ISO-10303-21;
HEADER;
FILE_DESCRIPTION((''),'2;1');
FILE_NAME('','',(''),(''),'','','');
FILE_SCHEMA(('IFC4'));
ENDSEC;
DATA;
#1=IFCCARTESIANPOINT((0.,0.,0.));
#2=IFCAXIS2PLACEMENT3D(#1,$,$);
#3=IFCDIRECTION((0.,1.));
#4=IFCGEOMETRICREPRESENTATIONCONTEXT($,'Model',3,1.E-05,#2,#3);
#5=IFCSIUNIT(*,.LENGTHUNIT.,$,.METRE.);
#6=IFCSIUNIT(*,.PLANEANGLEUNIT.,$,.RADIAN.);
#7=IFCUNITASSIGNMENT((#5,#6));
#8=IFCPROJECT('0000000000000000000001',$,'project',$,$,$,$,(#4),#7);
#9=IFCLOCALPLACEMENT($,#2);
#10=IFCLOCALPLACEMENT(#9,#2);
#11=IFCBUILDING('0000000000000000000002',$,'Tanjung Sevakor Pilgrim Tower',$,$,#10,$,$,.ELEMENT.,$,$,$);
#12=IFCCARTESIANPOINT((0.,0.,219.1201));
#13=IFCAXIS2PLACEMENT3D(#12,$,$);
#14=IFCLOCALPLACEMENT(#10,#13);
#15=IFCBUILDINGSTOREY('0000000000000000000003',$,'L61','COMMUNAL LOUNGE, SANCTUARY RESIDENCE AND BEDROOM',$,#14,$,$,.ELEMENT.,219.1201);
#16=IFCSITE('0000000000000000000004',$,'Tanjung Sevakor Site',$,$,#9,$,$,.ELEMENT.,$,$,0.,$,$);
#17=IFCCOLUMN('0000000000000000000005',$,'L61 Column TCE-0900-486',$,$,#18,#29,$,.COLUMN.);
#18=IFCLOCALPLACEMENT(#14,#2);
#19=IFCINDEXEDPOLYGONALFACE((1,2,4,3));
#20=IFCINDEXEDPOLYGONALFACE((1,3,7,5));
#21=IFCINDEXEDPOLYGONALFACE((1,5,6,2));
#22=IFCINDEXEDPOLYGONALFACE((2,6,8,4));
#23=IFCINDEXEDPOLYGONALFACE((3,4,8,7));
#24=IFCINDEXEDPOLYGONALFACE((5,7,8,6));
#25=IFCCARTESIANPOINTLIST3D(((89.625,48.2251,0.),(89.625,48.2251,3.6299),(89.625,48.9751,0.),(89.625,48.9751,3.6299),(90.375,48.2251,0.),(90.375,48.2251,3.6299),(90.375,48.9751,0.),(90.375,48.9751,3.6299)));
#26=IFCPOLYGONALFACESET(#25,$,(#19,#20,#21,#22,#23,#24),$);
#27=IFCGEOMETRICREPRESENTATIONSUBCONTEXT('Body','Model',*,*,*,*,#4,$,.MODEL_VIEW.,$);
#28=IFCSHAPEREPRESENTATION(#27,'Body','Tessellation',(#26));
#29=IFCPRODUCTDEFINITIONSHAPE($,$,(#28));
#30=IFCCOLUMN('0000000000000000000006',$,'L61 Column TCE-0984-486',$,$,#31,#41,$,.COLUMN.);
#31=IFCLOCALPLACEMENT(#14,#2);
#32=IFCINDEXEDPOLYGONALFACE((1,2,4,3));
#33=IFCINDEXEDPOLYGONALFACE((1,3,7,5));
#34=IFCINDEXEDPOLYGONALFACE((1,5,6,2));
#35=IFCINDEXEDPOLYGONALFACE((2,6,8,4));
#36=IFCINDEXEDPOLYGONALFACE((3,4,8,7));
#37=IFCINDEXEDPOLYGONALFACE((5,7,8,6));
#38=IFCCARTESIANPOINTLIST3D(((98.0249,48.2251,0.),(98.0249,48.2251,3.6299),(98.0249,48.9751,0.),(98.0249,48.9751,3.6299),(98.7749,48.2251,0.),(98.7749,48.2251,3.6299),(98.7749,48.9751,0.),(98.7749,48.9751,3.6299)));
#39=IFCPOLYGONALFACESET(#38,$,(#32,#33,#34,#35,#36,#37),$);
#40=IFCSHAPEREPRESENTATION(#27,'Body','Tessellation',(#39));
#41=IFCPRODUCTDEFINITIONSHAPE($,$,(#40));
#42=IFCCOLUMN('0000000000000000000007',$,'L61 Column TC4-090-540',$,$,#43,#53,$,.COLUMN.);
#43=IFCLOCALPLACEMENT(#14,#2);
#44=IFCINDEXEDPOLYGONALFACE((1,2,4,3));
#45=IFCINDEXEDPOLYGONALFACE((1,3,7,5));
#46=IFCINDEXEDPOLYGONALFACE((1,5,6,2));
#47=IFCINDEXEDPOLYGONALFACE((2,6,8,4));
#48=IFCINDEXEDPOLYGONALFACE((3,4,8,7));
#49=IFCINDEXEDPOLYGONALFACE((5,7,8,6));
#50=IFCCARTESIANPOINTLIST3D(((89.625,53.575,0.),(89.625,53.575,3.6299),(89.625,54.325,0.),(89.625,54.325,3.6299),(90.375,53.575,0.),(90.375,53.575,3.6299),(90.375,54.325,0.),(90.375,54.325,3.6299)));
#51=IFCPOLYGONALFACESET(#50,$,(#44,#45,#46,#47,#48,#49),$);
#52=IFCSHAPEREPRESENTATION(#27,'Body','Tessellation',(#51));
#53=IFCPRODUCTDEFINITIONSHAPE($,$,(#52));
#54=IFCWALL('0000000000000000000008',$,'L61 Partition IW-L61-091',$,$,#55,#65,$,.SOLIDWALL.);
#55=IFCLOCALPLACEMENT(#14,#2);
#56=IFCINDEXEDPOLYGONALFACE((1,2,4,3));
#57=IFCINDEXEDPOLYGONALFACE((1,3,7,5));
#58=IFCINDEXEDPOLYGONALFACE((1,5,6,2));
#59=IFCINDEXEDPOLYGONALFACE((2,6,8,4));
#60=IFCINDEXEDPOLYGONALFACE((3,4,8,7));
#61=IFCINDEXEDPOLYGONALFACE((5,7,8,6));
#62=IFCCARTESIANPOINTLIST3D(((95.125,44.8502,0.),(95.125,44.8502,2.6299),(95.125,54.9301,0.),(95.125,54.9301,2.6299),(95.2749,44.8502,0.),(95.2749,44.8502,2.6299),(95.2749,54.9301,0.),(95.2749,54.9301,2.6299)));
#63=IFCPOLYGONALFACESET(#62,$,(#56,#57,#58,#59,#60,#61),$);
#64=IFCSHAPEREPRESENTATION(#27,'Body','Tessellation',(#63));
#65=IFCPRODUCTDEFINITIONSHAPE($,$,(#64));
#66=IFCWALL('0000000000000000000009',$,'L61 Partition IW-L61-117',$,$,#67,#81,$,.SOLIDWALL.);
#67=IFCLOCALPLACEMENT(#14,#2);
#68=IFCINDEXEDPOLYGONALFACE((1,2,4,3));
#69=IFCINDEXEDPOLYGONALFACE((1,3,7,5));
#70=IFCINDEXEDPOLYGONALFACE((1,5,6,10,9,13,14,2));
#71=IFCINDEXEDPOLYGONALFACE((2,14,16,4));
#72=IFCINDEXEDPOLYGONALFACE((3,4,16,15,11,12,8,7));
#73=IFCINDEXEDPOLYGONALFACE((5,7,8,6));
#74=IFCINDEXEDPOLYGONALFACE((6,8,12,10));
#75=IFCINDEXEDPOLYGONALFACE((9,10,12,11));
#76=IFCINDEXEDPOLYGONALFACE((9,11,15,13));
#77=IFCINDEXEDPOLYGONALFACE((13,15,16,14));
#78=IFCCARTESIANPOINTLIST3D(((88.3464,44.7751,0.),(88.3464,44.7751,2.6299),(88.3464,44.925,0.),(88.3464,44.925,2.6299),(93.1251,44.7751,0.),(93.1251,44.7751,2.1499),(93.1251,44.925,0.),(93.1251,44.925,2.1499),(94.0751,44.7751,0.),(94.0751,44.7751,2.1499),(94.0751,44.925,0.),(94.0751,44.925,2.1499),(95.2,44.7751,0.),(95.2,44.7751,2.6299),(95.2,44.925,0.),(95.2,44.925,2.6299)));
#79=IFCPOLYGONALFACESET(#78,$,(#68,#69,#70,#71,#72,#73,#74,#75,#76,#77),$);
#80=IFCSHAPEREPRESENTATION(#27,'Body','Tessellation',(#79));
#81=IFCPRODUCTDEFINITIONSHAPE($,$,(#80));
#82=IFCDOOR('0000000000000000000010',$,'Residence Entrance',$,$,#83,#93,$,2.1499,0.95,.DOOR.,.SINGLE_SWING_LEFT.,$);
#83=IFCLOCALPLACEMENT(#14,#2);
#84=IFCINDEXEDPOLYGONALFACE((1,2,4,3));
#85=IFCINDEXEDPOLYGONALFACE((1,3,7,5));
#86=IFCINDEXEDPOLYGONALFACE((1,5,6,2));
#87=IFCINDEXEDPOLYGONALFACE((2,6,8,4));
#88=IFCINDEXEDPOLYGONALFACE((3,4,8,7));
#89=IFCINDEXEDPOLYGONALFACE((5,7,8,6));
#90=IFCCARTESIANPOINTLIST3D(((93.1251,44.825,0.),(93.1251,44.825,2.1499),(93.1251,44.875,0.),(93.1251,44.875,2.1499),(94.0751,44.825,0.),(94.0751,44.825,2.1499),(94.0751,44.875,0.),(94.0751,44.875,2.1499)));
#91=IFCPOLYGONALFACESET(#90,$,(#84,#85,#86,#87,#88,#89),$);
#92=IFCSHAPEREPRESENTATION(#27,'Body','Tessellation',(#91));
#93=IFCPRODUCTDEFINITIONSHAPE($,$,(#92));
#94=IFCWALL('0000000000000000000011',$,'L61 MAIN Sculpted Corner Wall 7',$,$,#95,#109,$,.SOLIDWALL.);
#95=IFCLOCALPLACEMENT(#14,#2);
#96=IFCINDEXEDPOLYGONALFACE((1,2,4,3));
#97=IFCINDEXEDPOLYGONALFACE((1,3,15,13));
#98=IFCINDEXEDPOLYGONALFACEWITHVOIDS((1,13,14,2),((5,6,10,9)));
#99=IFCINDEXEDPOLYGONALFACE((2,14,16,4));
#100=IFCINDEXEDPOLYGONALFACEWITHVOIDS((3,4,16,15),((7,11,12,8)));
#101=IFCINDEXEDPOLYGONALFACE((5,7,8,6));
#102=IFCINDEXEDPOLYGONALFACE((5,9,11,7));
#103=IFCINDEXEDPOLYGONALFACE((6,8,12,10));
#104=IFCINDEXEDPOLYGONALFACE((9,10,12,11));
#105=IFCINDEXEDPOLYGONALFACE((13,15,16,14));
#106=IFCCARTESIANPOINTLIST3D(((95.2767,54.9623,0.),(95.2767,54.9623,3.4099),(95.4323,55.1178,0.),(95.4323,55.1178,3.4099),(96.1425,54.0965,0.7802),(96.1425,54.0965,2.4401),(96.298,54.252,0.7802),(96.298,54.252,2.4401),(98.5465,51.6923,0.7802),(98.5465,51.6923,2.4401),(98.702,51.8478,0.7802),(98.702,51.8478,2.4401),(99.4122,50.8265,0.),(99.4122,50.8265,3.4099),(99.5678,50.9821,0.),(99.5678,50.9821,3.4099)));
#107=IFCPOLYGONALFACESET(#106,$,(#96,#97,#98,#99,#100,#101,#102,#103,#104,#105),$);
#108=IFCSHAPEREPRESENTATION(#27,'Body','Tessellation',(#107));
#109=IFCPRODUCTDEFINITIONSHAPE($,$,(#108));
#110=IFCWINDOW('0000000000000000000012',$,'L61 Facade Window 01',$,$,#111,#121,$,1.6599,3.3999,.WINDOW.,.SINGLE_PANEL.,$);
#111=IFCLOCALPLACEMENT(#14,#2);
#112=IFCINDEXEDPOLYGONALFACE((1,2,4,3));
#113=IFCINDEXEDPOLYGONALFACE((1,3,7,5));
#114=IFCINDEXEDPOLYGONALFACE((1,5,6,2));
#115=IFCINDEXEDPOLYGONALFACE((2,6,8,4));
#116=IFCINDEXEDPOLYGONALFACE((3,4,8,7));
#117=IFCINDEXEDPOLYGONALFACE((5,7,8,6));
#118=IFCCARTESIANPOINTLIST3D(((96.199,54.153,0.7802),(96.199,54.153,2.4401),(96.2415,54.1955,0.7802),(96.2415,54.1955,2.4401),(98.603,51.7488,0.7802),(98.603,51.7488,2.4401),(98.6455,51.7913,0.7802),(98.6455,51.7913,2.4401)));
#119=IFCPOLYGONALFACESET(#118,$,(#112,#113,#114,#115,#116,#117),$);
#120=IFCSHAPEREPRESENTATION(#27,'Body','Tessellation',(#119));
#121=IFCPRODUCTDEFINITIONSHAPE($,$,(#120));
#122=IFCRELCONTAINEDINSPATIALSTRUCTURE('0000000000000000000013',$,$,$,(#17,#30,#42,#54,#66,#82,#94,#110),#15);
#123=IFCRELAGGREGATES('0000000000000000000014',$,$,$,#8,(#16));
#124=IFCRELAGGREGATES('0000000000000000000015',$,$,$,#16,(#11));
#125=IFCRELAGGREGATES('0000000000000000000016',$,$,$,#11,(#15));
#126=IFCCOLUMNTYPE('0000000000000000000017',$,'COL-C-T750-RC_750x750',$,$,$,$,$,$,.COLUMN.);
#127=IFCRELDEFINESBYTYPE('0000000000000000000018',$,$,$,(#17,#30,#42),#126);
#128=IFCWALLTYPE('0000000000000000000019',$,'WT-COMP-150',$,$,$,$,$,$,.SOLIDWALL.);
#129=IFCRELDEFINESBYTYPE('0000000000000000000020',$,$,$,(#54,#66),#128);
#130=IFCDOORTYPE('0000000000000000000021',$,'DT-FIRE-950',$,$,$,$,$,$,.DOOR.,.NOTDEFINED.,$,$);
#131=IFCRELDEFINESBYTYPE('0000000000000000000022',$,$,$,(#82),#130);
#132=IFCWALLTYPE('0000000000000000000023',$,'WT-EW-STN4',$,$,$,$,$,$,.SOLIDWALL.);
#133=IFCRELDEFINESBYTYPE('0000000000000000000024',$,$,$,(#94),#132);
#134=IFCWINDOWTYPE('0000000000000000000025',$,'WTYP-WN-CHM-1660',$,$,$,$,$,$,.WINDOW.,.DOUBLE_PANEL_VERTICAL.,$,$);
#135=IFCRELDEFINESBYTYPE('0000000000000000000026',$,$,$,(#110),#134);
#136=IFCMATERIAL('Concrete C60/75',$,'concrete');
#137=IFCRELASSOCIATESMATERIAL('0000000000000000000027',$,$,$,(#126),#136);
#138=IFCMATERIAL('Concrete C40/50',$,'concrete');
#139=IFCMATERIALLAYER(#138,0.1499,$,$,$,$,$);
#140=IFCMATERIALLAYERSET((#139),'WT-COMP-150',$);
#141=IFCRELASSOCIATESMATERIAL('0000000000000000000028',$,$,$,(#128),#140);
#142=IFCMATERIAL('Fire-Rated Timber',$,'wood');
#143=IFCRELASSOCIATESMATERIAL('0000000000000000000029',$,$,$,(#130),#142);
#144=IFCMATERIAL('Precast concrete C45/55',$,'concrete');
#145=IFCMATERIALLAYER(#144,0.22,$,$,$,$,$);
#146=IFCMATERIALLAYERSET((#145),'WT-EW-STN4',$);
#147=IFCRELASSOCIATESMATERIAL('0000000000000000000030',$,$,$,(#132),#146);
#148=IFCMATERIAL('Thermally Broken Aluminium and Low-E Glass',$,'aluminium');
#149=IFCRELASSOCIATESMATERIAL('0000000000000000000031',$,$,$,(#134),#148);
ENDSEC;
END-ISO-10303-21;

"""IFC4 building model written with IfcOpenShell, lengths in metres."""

from ifc_helpers import new_model, si_unit, direction, frame, frame_2d, origin, origin_2d, place, context, subcontext, project, spatial, rectangle, extrude, material, layer, layer_set, material_profile, profile_set, type_object, element, fill, save


model = new_model("IFC4")

# Units and contexts
model_context = context("Model", 3, precision=1e-05, world=origin(), true_north=direction((0.0, 1.0)))
body_context = subcontext(model_context, "Body", "Model", "MODEL_VIEW")
ifc_project = project(units=[si_unit("LENGTHUNIT", "METRE"), si_unit("PLANEANGLEUNIT", "RADIAN")], contexts=[model_context])

# Site, building, storey
site_placement = place(None, origin())
site = spatial("IfcSite", under=ifc_project, at=site_placement, Name="Tanjung Sevakor Site", CompositionType="ELEMENT", RefElevation=0.0)
building_placement = place(site_placement, origin())
building = spatial("IfcBuilding", under=site, at=building_placement, Name="Tanjung Sevakor Pilgrim Tower", CompositionType="ELEMENT")
storey_placement = place(building_placement, frame((0.0, 0.0, 219.1201)))
storey = spatial("IfcBuildingStorey", under=building, at=storey_placement, Name="L61", Description="COMMUNAL LOUNGE, SANCTUARY RESIDENCE AND BEDROOM", CompositionType="ELEMENT", Elevation=219.1201)

# Columns
ifc_material_1 = material(Name="Concrete C60/75", Category="concrete")
ifc_material_profile = material_profile(ifc_material_1, rectangle(XDim=0.75, YDim=0.75, at=origin_2d()))
ifc_profile_set = profile_set([ifc_material_profile], Name="Concrete C60/75")
column_type = type_object("IfcColumnType", Name="COL-C-T750-RC_750x750", PredefinedType="COLUMN", material=ifc_profile_set)
for number, where, z_axis, x_axis, name in (
    (1, (90.0, 48.6001, 0.0), (0.0, 0.0, 1.0), (1.0, 0.0, 0.0), "L61 Column TCE-0900-486"),
    (2, (98.3999, 48.6001, 0.0), (0.0, 0.0, 1.0), (1.0, 0.0, 0.0), "L61 Column TCE-0984-486"),
    (3, (90.0, 53.95, 0.0), (0.0, 0.0, 1.0), (1.0, 0.0, 0.0), "L61 Column TC4-090-540"),
):
    element("IfcColumn", number, at=place(storey_placement, frame(where, z_axis=z_axis, x_axis=x_axis)), inside=storey, type_object=column_type, Name=name, PredefinedType="COLUMN", context=body_context, shape_type="SweptSolid", body=[
        extrude(rectangle(XDim=0.75, YDim=0.75, at=origin_2d()), origin(), (0.0, 0.0, 1.0), 3.6299),
    ])

# Wall
ifc_material_2 = material(Name="Concrete C40/50", Category="concrete")
ifc_layer_1 = layer(ifc_material_2, 0.1499)
ifc_layer_set_1 = layer_set([ifc_layer_1], Name="WT-COMP-150")
wall_type_1 = type_object("IfcWallType", Name="WT-COMP-150", PredefinedType="SOLIDWALL", material=ifc_layer_set_1)
wall_1_placement = place(storey_placement, frame((95.2, 44.8501, 0.0), z_axis=(0.0, 0.0, 1.0), x_axis=(0.0, 1.0, 0.0)))
element("IfcWall", 4, at=wall_1_placement, inside=storey, type_object=wall_type_1, Name="L61 Partition IW-L61-091", PredefinedType="SOLIDWALL", context=body_context, shape_type="SweptSolid", body=[
    extrude(rectangle(XDim=10.0798, YDim=0.1499, at=frame_2d((5.04, 0.0))), origin(), (0.0, 0.0, 1.0), 2.6299),
])

# Wall, opening, door
wall_2_placement = place(storey_placement, frame((88.3464, 44.8501, 0.0), z_axis=(0.0, 0.0, 1.0), x_axis=(1.0, 0.0, 0.0)))
wall_2 = element("IfcWall", 5, at=wall_2_placement, inside=storey, type_object=wall_type_1, Name="L61 Partition IW-L61-117", PredefinedType="SOLIDWALL", context=body_context, shape_type="SweptSolid", body=[
    extrude(rectangle(XDim=6.8535, YDim=0.1499, at=frame_2d((3.4268, 0.0))), origin(), (0.0, 0.0, 1.0), 2.6299),
])
opening_1_placement = place(wall_2_placement, frame((4.7786, 0.0, 0.0)))
opening_1 = element("IfcOpeningElement", 6, at=opening_1_placement, cuts=wall_2, PredefinedType="OPENING", context=body_context, shape_type="SweptSolid", body=[
    extrude(rectangle(XDim=0.95, YDim=2.1499, at=frame_2d((0.4751, 1.075))), frame((0.0, 0.085, 0.0), z_axis=(0.0, -1.0, 0.0), x_axis=(1.0, 0.0, 0.0)), (0.0, 0.0, 1.0), 0.1699),
])
ifc_material_3 = material(Name="Fire-Rated Timber", Category="wood")
door_type_1 = type_object("IfcDoorType", Name="DT-FIRE-950", OperationType="NOTDEFINED", PredefinedType="DOOR", material=ifc_material_3)
door_1_placement = place(opening_1_placement, origin())
door_1 = element("IfcDoor", 7, at=door_1_placement, inside=storey, type_object=door_type_1, Name="Residence Entrance", OperationType="SINGLE_SWING_LEFT", OverallHeight=2.1499, OverallWidth=0.95, PredefinedType="DOOR", context=body_context, shape_type="SweptSolid", body=[
    extrude(rectangle(XDim=0.95, YDim=2.1499, at=frame_2d((0.4751, 1.075))), frame((0.0, 0.0249, 0.0), z_axis=(0.0, -1.0, 0.0), x_axis=(1.0, 0.0, 0.0)), (0.0, 0.0, 1.0), 0.05),
])
fill(opening_1, door_1)

# Wall, opening, window
ifc_material_4 = material(Name="Precast concrete C45/55", Category="concrete")
ifc_layer_2 = layer(ifc_material_4, 0.22)
ifc_layer_set_2 = layer_set([ifc_layer_2], Name="WT-EW-STN4")
wall_type_2 = type_object("IfcWallType", Name="WT-EW-STN4", PredefinedType="SOLIDWALL", material=ifc_layer_set_2)
wall_3_placement = place(storey_placement, frame((99.49, 50.9043, 0.0), z_axis=(0.0, 0.0, 1.0), x_axis=(-0.707086, 0.707128, 0.0)))
wall_3 = element("IfcWall", 8, at=wall_3_placement, inside=storey, type_object=wall_type_2, Name="L61 MAIN Sculpted Corner Wall 7", PredefinedType="SOLIDWALL", context=body_context, shape_type="SweptSolid", body=[
    extrude(rectangle(XDim=5.8486, YDim=0.22, at=frame_2d((2.9243, 0.0))), origin(), (0.0, 0.0, 1.0), 3.4099),
])
opening_2_placement = place(wall_3_placement, frame((1.2244, 0.0, 0.78)))
opening_2 = element("IfcOpeningElement", 9, at=opening_2_placement, cuts=wall_3, PredefinedType="OPENING", context=body_context, shape_type="SweptSolid", body=[
    extrude(rectangle(XDim=3.3999, YDim=1.6599, at=frame_2d((1.7, 0.8301))), frame((0.0, 0.1199, 0.0), z_axis=(0.0, -1.0, 0.0), x_axis=(1.0, 0.0, 0.0)), (0.0, 0.0, 1.0), 0.24),
])
ifc_material_5 = material(Name="Thermally Broken Aluminium and Low-E Glass", Category="aluminium")
window_type_1 = type_object("IfcWindowType", Name="WTYP-WN-CHM-1660", PartitioningType="DOUBLE_PANEL_VERTICAL", PredefinedType="WINDOW", material=ifc_material_5)
window_1_placement = place(opening_2_placement, origin())
window_1 = element("IfcWindow", 10, at=window_1_placement, inside=storey, type_object=window_type_1, Name="L61 Facade Window 01", OverallHeight=1.6599, OverallWidth=3.3999, PartitioningType="SINGLE_PANEL", PredefinedType="WINDOW", context=body_context, shape_type="SweptSolid", body=[
    extrude(rectangle(XDim=3.3999, YDim=1.6599, at=frame_2d((1.7, 0.8301))), frame((0.0, 0.03, 0.0), z_axis=(0.0, -1.0, 0.0), x_axis=(1.0, 0.0, 0.0)), (0.0, 0.0, 1.0), 0.0601),
])
fill(opening_2, window_1)

save(model, "model.ifc")
